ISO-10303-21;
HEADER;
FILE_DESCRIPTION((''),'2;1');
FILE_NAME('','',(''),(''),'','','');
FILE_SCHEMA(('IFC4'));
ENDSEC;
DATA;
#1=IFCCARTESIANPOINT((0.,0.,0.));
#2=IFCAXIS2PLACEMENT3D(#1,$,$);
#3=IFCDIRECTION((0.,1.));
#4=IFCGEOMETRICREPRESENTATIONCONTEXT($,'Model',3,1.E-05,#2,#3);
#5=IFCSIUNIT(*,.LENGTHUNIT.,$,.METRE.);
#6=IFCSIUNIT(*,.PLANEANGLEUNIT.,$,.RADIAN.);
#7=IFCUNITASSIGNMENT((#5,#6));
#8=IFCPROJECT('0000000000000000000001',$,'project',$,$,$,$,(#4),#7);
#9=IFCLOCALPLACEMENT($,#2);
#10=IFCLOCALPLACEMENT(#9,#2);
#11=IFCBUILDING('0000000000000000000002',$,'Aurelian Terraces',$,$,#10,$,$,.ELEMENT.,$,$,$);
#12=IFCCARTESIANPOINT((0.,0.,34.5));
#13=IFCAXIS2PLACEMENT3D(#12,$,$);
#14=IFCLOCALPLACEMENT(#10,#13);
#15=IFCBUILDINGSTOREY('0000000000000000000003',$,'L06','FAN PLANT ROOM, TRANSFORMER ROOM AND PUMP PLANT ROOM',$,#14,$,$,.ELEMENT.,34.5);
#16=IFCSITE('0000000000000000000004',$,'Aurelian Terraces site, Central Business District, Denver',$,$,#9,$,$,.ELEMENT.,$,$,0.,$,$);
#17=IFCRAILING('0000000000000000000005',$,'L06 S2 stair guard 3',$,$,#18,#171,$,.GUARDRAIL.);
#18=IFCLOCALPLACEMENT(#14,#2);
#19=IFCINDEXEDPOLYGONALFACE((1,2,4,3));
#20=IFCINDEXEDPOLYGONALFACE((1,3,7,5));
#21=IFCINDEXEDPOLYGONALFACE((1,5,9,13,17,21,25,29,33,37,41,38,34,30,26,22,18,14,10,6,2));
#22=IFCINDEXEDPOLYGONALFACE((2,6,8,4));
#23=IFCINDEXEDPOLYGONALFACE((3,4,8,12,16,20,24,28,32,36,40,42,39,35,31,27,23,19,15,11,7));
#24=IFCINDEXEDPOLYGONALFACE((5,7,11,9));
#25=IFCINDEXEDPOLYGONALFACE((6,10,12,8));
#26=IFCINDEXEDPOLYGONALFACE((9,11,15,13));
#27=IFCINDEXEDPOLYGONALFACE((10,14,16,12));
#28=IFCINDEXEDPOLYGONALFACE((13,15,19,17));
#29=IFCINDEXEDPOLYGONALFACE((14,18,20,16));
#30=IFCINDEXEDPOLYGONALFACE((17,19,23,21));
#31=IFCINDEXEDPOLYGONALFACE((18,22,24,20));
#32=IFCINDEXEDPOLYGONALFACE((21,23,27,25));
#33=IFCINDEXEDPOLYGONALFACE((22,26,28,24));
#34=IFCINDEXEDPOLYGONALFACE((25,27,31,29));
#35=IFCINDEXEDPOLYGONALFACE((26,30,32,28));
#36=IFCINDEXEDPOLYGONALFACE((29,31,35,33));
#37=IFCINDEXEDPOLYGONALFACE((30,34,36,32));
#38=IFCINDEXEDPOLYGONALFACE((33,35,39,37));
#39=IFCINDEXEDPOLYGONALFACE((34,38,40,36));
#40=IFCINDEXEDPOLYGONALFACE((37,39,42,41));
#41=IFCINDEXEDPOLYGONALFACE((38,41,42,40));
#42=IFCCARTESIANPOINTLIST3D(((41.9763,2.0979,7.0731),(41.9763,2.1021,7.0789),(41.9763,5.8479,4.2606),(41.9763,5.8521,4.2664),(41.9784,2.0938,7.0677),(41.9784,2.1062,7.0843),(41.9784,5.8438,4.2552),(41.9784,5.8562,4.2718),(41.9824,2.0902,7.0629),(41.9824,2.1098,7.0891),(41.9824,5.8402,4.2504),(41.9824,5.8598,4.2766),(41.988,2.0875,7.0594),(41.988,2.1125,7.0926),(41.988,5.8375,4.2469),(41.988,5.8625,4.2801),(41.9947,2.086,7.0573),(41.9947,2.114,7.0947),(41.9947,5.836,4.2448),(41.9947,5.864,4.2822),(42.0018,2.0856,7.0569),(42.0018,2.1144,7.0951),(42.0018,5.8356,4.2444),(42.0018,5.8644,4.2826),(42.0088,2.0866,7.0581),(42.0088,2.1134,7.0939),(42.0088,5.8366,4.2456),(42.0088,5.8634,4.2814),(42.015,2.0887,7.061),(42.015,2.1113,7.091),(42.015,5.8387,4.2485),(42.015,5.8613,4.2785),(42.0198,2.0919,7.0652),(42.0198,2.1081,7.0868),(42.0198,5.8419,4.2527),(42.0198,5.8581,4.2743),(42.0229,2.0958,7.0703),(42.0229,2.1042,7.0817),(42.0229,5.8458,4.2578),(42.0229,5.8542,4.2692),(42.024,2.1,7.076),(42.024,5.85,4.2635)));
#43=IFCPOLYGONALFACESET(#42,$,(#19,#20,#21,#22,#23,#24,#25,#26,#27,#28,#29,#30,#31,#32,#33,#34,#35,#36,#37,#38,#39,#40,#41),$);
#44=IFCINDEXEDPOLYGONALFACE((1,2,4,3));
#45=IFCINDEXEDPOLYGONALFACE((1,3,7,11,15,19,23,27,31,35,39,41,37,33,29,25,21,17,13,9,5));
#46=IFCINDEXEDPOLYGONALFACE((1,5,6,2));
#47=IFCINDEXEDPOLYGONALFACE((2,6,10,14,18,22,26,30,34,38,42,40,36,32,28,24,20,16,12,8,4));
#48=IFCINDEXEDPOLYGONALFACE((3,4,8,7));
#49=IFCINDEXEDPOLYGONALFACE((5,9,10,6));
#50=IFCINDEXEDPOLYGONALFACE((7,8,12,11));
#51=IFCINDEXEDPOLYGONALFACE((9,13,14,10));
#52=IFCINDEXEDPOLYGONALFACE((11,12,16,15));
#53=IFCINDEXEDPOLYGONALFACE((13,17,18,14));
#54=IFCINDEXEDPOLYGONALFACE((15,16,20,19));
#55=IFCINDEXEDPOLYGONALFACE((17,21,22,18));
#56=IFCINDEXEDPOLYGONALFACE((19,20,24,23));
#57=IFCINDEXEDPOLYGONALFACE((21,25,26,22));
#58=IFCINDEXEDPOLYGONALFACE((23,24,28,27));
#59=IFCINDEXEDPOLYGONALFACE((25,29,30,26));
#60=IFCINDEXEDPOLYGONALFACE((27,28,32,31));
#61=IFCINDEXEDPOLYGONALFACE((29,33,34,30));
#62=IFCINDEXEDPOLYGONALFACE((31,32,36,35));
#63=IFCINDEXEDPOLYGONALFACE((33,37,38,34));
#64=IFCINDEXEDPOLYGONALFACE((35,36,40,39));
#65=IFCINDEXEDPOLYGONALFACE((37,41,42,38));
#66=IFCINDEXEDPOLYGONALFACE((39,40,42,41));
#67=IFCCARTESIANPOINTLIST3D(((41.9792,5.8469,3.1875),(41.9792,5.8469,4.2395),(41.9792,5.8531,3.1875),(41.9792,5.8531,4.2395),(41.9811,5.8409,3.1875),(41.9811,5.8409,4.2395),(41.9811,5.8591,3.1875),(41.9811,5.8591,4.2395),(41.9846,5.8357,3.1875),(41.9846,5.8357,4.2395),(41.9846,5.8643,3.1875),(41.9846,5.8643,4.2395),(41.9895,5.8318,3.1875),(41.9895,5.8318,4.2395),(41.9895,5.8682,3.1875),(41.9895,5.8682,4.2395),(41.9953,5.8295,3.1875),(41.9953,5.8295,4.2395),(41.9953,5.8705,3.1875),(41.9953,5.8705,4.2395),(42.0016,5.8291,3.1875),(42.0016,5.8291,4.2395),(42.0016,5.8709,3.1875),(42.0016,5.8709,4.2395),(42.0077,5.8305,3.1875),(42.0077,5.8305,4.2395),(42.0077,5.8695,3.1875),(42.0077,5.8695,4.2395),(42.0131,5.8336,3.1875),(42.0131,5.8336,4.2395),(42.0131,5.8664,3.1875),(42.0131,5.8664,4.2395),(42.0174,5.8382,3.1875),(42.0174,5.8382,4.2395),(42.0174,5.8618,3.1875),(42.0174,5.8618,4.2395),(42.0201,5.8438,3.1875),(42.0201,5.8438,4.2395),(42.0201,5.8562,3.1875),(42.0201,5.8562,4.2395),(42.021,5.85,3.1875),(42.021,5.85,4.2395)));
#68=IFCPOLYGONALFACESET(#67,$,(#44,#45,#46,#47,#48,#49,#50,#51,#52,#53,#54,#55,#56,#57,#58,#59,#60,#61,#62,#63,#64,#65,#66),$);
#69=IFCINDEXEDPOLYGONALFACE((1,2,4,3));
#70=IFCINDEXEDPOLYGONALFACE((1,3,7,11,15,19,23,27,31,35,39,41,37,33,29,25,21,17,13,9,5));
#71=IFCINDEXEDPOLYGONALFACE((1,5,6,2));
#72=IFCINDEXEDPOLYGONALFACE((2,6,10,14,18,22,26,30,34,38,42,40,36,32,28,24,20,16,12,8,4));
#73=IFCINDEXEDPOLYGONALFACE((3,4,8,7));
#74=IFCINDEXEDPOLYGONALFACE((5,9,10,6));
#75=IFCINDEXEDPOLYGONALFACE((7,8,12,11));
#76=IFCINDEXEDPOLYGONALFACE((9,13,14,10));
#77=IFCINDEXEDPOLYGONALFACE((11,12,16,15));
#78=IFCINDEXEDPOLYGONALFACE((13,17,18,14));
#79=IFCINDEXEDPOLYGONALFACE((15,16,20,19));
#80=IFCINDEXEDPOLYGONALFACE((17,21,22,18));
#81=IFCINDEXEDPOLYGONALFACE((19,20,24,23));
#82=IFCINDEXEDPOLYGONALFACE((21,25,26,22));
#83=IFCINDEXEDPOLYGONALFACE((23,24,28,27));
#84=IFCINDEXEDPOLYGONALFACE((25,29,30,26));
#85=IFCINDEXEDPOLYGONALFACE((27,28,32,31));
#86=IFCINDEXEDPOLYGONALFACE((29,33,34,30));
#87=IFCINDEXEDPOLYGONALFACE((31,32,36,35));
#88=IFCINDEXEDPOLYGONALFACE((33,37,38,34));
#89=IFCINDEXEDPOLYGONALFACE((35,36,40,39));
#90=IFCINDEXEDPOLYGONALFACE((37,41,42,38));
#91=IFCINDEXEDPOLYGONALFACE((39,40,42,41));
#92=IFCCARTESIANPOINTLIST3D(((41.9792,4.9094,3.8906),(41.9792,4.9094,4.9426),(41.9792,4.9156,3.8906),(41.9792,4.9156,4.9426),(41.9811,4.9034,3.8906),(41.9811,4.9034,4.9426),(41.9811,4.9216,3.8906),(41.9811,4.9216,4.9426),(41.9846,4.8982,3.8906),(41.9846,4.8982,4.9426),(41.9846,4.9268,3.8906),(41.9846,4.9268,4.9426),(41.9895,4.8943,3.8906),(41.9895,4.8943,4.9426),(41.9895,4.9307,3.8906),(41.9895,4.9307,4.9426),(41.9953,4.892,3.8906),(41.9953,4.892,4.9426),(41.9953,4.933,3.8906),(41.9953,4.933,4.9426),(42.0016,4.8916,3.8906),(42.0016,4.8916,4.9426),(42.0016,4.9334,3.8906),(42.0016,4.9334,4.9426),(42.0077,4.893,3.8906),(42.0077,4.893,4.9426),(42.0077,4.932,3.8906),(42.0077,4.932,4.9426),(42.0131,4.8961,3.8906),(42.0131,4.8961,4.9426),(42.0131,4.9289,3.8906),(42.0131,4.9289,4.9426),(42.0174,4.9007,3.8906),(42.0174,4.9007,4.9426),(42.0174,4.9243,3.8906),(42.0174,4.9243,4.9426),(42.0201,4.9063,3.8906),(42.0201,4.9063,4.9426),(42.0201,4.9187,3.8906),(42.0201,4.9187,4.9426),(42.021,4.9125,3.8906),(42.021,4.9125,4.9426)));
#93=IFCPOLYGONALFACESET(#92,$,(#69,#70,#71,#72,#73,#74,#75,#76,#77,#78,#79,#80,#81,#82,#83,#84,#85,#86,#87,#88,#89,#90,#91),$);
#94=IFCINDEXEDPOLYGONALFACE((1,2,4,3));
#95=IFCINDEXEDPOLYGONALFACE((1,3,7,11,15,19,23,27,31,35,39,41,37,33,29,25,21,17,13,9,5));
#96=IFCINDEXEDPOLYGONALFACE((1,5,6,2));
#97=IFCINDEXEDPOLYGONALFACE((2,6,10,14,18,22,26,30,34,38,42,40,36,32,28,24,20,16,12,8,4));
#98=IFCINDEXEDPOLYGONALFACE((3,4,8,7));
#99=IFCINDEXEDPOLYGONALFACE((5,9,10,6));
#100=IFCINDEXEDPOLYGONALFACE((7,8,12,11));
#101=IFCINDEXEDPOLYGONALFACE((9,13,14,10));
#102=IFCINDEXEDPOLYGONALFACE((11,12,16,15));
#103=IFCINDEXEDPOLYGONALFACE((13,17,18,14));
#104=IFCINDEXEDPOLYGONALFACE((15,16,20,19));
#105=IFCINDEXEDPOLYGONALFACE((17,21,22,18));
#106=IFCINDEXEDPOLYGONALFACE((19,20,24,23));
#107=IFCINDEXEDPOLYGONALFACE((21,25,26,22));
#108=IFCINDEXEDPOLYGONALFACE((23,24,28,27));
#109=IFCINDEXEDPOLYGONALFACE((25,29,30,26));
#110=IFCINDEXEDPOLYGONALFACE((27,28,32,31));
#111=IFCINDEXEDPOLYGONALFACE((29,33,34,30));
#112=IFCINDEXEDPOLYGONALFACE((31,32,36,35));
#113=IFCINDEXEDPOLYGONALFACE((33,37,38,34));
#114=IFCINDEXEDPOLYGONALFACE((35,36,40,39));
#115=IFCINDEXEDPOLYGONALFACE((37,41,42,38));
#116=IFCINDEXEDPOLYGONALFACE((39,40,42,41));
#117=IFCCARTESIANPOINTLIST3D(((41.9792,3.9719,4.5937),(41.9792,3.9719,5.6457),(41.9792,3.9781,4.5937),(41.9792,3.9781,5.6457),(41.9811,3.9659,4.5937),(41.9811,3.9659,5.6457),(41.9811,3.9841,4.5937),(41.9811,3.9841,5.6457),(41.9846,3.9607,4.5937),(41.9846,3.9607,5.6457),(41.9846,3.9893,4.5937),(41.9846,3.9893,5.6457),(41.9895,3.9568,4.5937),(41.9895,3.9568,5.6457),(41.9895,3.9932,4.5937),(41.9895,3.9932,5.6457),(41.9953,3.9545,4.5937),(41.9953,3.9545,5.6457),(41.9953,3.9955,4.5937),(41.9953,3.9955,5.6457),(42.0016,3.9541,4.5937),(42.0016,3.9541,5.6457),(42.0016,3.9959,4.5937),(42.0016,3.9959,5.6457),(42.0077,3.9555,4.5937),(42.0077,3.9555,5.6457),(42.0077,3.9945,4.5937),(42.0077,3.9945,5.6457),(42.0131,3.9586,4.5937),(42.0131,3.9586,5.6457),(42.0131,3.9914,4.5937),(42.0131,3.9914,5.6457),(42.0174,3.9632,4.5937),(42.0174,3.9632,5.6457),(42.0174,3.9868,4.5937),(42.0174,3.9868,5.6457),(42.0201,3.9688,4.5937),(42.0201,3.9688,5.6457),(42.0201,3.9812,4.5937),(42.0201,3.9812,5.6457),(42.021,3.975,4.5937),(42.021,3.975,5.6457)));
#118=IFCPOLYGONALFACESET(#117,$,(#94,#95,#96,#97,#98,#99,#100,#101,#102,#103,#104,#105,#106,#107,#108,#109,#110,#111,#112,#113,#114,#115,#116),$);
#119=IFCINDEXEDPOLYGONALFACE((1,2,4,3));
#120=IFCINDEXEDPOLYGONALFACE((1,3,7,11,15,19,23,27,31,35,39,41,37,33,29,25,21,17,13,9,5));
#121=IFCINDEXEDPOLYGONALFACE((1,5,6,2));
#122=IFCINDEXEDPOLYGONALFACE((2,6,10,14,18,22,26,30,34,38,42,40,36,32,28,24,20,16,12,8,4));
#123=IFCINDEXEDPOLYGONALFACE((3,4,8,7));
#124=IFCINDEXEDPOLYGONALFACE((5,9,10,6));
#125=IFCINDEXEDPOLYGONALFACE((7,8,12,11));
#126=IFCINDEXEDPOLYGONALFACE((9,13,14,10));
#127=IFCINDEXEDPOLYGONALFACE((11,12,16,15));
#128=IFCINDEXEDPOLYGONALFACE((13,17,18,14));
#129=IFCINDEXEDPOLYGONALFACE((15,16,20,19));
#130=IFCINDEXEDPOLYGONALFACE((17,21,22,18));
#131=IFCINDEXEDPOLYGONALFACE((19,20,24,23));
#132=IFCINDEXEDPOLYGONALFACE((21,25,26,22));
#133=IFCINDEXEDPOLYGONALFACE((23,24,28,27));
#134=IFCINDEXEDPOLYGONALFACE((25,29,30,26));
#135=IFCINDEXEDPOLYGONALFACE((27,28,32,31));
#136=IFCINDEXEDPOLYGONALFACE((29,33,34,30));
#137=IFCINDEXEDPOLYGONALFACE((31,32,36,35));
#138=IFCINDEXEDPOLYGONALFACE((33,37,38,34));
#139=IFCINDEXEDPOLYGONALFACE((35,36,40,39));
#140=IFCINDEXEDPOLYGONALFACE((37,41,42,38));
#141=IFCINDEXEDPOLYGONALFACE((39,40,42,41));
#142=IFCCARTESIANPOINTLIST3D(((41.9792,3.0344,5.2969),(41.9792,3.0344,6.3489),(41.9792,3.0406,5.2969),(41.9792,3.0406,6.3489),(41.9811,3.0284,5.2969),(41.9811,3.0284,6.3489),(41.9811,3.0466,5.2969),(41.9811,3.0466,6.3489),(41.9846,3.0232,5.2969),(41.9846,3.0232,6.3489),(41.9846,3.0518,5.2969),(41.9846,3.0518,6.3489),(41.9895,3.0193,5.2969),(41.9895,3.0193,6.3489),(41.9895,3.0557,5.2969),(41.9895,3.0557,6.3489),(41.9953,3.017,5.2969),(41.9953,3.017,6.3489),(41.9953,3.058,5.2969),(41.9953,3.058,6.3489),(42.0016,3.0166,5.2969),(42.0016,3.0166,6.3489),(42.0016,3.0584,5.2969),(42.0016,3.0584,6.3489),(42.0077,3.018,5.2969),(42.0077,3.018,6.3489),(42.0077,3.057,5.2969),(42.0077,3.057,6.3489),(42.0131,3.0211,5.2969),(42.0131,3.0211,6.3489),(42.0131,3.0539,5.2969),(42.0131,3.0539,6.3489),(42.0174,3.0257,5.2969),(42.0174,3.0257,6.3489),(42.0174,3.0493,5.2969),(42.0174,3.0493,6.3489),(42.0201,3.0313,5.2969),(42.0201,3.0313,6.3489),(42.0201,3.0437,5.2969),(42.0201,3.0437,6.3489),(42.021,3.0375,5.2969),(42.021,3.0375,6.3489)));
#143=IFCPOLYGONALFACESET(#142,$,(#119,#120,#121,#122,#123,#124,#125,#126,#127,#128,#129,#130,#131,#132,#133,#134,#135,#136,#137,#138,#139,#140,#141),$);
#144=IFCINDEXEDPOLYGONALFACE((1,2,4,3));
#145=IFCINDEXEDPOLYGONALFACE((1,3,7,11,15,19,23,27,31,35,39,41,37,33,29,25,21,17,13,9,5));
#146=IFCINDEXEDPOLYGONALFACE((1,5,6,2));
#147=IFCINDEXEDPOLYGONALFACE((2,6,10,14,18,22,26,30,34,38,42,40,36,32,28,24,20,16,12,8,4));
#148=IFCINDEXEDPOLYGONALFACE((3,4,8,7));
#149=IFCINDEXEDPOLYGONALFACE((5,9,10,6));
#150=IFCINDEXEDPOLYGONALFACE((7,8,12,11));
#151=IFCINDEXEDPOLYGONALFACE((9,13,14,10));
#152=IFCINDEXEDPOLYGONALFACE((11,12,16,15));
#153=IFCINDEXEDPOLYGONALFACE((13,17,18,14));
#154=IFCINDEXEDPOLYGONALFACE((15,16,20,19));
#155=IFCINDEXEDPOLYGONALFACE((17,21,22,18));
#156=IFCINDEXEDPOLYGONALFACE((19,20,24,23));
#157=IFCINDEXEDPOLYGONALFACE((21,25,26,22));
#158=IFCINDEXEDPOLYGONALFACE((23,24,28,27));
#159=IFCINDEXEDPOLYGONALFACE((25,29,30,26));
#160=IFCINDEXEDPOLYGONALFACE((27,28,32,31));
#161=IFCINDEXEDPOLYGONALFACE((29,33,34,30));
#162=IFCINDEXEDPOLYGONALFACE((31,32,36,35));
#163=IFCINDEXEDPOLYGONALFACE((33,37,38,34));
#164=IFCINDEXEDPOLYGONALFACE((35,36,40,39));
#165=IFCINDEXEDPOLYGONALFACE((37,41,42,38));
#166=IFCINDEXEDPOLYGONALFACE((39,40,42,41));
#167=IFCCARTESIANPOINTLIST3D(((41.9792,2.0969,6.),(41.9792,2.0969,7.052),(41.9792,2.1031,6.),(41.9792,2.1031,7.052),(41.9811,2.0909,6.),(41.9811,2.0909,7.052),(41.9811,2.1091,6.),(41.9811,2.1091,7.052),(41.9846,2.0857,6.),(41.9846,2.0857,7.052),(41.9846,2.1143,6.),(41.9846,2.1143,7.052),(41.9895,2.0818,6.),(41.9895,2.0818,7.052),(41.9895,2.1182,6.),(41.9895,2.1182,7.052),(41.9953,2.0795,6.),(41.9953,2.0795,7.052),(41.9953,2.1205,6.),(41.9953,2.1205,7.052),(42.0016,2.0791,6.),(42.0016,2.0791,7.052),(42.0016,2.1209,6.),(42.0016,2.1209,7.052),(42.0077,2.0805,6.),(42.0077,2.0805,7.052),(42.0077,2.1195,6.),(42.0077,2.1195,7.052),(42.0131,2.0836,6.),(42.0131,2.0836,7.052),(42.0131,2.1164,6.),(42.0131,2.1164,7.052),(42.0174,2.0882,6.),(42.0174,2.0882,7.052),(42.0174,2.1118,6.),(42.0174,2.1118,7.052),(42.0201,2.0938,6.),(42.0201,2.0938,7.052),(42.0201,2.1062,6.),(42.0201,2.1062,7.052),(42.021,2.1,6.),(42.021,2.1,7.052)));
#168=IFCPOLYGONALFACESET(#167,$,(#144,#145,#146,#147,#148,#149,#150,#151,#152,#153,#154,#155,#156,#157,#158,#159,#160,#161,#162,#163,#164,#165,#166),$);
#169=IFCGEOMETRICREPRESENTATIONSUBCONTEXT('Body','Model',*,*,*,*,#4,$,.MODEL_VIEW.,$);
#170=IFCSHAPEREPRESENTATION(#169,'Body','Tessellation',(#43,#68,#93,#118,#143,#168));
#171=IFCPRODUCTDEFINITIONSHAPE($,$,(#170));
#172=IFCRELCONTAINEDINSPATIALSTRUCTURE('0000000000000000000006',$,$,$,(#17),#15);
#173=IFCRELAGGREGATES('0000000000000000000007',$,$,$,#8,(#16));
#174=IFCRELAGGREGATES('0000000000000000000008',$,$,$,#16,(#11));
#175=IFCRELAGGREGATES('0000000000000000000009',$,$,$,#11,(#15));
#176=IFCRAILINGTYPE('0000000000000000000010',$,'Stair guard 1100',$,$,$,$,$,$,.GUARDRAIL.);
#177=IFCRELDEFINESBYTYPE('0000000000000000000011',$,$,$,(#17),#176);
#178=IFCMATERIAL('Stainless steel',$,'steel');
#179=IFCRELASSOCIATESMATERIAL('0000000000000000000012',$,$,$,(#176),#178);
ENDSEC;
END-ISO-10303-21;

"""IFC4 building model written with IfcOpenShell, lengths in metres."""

from ifc_helpers import new_model, si_unit, direction, frame, origin, origin_2d, place, context, subcontext, project, spatial, circle, extrude, source, transform, mapped, material, type_object, element, save


model = new_model("IFC4")

# Units and contexts
model_context = context("Model", 3, precision=1e-05, world=origin(), true_north=direction((0.0, 1.0)))
body_context = subcontext(model_context, "Body", "Model", "MODEL_VIEW")
ifc_project = project(units=[si_unit("LENGTHUNIT", "METRE"), si_unit("PLANEANGLEUNIT", "RADIAN")], contexts=[model_context])

# Site, building, storey
site_placement = place(None, origin())
site = spatial("IfcSite", under=ifc_project, at=site_placement, Name="Aurelian Terraces site, Central Business District, Denver", CompositionType="ELEMENT", RefElevation=0.0)
building_placement = place(site_placement, origin())
building = spatial("IfcBuilding", under=site, at=building_placement, Name="Aurelian Terraces", CompositionType="ELEMENT")
storey_placement = place(building_placement, frame((0.0, 0.0, 34.5)))
storey = spatial("IfcBuildingStorey", under=building, at=storey_placement, Name="L06", Description="FAN PLANT ROOM, TRANSFORMER ROOM AND PUMP PLANT ROOM", CompositionType="ELEMENT", Elevation=34.5)

# Railing
ifc_material_1 = material(Name="Stainless steel", Category="steel")
railing_type_1 = type_object("IfcRailingType", Name="Stair guard 1100", PredefinedType="GUARDRAIL", material=ifc_material_1)
shared_shape_1 = source(origin(), body_context, "Body", "SweptSolid", [
    extrude(circle(Radius=0.024, at=origin_2d()), frame((0.0, 0.0, 1.076), z_axis=(0.0, -0.8, 0.6), x_axis=(1.0, 0.0, 0.0)), (0.0, 0.0, 1.0), 4.6875),
    extrude(circle(Radius=0.021, at=origin_2d()), origin(), (0.0, 0.0, 1.0), 1.052),
    extrude(circle(Radius=0.021, at=origin_2d()), frame((0.0, -0.9375, 0.7031)), (0.0, 0.0, 1.0), 1.052),
    extrude(circle(Radius=0.021, at=origin_2d()), frame((0.0, -1.875, 1.4062)), (0.0, 0.0, 1.0), 1.052),
    extrude(circle(Radius=0.021, at=origin_2d()), frame((0.0, -2.8125, 2.1094)), (0.0, 0.0, 1.0), 1.052),
    extrude(circle(Radius=0.021, at=origin_2d()), frame((0.0, -3.75, 2.8125)), (0.0, 0.0, 1.0), 1.052),
])
railing_1_placement = place(storey_placement, frame((42.0, 5.85, 3.1875)))
element("IfcRailing", 1, at=railing_1_placement, inside=storey, type_object=railing_type_1, Name="L06 S2 stair guard 3", PredefinedType="GUARDRAIL", context=body_context, shape_type="MappedRepresentation", body=[
    mapped(shared_shape_1, transform((0.0, 0.0, 0.0), scale=1.0)),
])

save(model, "model.ifc")
